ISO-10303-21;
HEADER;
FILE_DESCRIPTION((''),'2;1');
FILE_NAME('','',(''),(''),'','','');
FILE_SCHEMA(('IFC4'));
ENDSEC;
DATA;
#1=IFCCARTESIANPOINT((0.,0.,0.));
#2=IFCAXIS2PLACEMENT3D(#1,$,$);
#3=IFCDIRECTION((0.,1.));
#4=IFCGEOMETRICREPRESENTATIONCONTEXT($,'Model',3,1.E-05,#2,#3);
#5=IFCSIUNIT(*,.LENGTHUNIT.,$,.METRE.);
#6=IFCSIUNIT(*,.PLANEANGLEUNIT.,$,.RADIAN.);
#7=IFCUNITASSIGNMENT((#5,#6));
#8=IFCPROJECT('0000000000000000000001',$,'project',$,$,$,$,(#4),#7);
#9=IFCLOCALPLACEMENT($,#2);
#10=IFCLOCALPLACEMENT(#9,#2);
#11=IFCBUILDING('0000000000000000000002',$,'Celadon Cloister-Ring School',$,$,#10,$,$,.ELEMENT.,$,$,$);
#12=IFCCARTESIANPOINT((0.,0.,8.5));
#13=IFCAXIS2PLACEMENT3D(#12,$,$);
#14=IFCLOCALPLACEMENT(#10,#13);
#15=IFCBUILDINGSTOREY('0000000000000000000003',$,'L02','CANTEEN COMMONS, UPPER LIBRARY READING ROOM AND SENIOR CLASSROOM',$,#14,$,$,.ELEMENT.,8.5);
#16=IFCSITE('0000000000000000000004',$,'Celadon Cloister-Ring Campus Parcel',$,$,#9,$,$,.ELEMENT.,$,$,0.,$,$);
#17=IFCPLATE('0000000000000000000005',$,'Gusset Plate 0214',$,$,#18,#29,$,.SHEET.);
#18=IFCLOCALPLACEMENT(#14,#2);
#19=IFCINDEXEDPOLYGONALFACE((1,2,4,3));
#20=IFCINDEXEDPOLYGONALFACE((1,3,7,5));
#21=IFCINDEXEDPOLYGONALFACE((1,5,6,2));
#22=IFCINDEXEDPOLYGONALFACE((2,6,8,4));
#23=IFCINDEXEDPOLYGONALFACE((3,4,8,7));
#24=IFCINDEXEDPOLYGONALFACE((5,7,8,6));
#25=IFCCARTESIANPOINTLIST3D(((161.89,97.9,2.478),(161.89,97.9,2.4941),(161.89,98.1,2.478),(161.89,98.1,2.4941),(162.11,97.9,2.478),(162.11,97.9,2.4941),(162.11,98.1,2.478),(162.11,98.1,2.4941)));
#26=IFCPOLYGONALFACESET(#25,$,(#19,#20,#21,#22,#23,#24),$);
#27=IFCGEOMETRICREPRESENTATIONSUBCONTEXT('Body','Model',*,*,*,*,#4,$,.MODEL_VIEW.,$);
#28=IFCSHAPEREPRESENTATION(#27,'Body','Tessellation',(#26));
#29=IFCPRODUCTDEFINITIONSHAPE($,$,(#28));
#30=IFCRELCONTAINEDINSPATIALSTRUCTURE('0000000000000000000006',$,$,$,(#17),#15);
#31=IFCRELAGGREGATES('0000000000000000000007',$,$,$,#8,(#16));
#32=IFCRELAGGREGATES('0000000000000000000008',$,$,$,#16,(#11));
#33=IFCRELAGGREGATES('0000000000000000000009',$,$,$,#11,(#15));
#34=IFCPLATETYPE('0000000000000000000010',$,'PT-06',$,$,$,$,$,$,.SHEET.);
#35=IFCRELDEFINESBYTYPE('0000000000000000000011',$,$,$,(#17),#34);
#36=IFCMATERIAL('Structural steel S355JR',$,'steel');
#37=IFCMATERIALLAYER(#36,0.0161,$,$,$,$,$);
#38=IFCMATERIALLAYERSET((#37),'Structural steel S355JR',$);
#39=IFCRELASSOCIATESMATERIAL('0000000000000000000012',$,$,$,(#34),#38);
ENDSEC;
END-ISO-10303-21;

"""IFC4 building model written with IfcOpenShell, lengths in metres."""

from ifc_helpers import new_model, si_unit, direction, frame, origin, origin_2d, place, context, subcontext, project, spatial, rectangle, extrude, material, layer, layer_set, type_object, element, save


model = new_model("IFC4")

# Units and contexts
model_context = context("Model", 3, precision=1e-05, world=origin(), true_north=direction((0.0, 1.0)))
body_context = subcontext(model_context, "Body", "Model", "MODEL_VIEW")
ifc_project = project(units=[si_unit("LENGTHUNIT", "METRE"), si_unit("PLANEANGLEUNIT", "RADIAN")], contexts=[model_context])

# Site, building, storey
site_placement = place(None, origin())
site = spatial("IfcSite", under=ifc_project, at=site_placement, Name="Celadon Cloister-Ring Campus Parcel", CompositionType="ELEMENT", RefElevation=0.0)
building_placement = place(site_placement, origin())
building = spatial("IfcBuilding", under=site, at=building_placement, Name="Celadon Cloister-Ring School", CompositionType="ELEMENT")
storey_placement = place(building_placement, frame((0.0, 0.0, 8.5)))
storey = spatial("IfcBuildingStorey", under=building, at=storey_placement, Name="L02", Description="CANTEEN COMMONS, UPPER LIBRARY READING ROOM AND SENIOR CLASSROOM", CompositionType="ELEMENT", Elevation=8.5)

# Plate
ifc_material_1 = material(Name="Structural steel S355JR", Category="steel")
ifc_layer_1 = layer(ifc_material_1, 0.0161)
ifc_layer_set_1 = layer_set([ifc_layer_1], Name="Structural steel S355JR")
plate_type_1 = type_object("IfcPlateType", Name="PT-06", PredefinedType="SHEET", material=ifc_layer_set_1)
for number, where, z_axis, x_axis, name in (
    (1, (162.0, 98.0, 2.478), (0.0, 0.0, 1.0), (1.0, 0.0, 0.0), "Gusset Plate 0214"),
):
    element("IfcPlate", number, at=place(storey_placement, frame(where, z_axis=z_axis, x_axis=x_axis)), inside=storey, type_object=plate_type_1, Name=name, PredefinedType="SHEET", context=body_context, shape_type="SweptSolid", body=[
        extrude(rectangle(XDim=0.22, YDim=0.2, at=origin_2d()), origin(), (0.0, 0.0, 1.0), 0.0161),
    ])

save(model, "model.ifc")
